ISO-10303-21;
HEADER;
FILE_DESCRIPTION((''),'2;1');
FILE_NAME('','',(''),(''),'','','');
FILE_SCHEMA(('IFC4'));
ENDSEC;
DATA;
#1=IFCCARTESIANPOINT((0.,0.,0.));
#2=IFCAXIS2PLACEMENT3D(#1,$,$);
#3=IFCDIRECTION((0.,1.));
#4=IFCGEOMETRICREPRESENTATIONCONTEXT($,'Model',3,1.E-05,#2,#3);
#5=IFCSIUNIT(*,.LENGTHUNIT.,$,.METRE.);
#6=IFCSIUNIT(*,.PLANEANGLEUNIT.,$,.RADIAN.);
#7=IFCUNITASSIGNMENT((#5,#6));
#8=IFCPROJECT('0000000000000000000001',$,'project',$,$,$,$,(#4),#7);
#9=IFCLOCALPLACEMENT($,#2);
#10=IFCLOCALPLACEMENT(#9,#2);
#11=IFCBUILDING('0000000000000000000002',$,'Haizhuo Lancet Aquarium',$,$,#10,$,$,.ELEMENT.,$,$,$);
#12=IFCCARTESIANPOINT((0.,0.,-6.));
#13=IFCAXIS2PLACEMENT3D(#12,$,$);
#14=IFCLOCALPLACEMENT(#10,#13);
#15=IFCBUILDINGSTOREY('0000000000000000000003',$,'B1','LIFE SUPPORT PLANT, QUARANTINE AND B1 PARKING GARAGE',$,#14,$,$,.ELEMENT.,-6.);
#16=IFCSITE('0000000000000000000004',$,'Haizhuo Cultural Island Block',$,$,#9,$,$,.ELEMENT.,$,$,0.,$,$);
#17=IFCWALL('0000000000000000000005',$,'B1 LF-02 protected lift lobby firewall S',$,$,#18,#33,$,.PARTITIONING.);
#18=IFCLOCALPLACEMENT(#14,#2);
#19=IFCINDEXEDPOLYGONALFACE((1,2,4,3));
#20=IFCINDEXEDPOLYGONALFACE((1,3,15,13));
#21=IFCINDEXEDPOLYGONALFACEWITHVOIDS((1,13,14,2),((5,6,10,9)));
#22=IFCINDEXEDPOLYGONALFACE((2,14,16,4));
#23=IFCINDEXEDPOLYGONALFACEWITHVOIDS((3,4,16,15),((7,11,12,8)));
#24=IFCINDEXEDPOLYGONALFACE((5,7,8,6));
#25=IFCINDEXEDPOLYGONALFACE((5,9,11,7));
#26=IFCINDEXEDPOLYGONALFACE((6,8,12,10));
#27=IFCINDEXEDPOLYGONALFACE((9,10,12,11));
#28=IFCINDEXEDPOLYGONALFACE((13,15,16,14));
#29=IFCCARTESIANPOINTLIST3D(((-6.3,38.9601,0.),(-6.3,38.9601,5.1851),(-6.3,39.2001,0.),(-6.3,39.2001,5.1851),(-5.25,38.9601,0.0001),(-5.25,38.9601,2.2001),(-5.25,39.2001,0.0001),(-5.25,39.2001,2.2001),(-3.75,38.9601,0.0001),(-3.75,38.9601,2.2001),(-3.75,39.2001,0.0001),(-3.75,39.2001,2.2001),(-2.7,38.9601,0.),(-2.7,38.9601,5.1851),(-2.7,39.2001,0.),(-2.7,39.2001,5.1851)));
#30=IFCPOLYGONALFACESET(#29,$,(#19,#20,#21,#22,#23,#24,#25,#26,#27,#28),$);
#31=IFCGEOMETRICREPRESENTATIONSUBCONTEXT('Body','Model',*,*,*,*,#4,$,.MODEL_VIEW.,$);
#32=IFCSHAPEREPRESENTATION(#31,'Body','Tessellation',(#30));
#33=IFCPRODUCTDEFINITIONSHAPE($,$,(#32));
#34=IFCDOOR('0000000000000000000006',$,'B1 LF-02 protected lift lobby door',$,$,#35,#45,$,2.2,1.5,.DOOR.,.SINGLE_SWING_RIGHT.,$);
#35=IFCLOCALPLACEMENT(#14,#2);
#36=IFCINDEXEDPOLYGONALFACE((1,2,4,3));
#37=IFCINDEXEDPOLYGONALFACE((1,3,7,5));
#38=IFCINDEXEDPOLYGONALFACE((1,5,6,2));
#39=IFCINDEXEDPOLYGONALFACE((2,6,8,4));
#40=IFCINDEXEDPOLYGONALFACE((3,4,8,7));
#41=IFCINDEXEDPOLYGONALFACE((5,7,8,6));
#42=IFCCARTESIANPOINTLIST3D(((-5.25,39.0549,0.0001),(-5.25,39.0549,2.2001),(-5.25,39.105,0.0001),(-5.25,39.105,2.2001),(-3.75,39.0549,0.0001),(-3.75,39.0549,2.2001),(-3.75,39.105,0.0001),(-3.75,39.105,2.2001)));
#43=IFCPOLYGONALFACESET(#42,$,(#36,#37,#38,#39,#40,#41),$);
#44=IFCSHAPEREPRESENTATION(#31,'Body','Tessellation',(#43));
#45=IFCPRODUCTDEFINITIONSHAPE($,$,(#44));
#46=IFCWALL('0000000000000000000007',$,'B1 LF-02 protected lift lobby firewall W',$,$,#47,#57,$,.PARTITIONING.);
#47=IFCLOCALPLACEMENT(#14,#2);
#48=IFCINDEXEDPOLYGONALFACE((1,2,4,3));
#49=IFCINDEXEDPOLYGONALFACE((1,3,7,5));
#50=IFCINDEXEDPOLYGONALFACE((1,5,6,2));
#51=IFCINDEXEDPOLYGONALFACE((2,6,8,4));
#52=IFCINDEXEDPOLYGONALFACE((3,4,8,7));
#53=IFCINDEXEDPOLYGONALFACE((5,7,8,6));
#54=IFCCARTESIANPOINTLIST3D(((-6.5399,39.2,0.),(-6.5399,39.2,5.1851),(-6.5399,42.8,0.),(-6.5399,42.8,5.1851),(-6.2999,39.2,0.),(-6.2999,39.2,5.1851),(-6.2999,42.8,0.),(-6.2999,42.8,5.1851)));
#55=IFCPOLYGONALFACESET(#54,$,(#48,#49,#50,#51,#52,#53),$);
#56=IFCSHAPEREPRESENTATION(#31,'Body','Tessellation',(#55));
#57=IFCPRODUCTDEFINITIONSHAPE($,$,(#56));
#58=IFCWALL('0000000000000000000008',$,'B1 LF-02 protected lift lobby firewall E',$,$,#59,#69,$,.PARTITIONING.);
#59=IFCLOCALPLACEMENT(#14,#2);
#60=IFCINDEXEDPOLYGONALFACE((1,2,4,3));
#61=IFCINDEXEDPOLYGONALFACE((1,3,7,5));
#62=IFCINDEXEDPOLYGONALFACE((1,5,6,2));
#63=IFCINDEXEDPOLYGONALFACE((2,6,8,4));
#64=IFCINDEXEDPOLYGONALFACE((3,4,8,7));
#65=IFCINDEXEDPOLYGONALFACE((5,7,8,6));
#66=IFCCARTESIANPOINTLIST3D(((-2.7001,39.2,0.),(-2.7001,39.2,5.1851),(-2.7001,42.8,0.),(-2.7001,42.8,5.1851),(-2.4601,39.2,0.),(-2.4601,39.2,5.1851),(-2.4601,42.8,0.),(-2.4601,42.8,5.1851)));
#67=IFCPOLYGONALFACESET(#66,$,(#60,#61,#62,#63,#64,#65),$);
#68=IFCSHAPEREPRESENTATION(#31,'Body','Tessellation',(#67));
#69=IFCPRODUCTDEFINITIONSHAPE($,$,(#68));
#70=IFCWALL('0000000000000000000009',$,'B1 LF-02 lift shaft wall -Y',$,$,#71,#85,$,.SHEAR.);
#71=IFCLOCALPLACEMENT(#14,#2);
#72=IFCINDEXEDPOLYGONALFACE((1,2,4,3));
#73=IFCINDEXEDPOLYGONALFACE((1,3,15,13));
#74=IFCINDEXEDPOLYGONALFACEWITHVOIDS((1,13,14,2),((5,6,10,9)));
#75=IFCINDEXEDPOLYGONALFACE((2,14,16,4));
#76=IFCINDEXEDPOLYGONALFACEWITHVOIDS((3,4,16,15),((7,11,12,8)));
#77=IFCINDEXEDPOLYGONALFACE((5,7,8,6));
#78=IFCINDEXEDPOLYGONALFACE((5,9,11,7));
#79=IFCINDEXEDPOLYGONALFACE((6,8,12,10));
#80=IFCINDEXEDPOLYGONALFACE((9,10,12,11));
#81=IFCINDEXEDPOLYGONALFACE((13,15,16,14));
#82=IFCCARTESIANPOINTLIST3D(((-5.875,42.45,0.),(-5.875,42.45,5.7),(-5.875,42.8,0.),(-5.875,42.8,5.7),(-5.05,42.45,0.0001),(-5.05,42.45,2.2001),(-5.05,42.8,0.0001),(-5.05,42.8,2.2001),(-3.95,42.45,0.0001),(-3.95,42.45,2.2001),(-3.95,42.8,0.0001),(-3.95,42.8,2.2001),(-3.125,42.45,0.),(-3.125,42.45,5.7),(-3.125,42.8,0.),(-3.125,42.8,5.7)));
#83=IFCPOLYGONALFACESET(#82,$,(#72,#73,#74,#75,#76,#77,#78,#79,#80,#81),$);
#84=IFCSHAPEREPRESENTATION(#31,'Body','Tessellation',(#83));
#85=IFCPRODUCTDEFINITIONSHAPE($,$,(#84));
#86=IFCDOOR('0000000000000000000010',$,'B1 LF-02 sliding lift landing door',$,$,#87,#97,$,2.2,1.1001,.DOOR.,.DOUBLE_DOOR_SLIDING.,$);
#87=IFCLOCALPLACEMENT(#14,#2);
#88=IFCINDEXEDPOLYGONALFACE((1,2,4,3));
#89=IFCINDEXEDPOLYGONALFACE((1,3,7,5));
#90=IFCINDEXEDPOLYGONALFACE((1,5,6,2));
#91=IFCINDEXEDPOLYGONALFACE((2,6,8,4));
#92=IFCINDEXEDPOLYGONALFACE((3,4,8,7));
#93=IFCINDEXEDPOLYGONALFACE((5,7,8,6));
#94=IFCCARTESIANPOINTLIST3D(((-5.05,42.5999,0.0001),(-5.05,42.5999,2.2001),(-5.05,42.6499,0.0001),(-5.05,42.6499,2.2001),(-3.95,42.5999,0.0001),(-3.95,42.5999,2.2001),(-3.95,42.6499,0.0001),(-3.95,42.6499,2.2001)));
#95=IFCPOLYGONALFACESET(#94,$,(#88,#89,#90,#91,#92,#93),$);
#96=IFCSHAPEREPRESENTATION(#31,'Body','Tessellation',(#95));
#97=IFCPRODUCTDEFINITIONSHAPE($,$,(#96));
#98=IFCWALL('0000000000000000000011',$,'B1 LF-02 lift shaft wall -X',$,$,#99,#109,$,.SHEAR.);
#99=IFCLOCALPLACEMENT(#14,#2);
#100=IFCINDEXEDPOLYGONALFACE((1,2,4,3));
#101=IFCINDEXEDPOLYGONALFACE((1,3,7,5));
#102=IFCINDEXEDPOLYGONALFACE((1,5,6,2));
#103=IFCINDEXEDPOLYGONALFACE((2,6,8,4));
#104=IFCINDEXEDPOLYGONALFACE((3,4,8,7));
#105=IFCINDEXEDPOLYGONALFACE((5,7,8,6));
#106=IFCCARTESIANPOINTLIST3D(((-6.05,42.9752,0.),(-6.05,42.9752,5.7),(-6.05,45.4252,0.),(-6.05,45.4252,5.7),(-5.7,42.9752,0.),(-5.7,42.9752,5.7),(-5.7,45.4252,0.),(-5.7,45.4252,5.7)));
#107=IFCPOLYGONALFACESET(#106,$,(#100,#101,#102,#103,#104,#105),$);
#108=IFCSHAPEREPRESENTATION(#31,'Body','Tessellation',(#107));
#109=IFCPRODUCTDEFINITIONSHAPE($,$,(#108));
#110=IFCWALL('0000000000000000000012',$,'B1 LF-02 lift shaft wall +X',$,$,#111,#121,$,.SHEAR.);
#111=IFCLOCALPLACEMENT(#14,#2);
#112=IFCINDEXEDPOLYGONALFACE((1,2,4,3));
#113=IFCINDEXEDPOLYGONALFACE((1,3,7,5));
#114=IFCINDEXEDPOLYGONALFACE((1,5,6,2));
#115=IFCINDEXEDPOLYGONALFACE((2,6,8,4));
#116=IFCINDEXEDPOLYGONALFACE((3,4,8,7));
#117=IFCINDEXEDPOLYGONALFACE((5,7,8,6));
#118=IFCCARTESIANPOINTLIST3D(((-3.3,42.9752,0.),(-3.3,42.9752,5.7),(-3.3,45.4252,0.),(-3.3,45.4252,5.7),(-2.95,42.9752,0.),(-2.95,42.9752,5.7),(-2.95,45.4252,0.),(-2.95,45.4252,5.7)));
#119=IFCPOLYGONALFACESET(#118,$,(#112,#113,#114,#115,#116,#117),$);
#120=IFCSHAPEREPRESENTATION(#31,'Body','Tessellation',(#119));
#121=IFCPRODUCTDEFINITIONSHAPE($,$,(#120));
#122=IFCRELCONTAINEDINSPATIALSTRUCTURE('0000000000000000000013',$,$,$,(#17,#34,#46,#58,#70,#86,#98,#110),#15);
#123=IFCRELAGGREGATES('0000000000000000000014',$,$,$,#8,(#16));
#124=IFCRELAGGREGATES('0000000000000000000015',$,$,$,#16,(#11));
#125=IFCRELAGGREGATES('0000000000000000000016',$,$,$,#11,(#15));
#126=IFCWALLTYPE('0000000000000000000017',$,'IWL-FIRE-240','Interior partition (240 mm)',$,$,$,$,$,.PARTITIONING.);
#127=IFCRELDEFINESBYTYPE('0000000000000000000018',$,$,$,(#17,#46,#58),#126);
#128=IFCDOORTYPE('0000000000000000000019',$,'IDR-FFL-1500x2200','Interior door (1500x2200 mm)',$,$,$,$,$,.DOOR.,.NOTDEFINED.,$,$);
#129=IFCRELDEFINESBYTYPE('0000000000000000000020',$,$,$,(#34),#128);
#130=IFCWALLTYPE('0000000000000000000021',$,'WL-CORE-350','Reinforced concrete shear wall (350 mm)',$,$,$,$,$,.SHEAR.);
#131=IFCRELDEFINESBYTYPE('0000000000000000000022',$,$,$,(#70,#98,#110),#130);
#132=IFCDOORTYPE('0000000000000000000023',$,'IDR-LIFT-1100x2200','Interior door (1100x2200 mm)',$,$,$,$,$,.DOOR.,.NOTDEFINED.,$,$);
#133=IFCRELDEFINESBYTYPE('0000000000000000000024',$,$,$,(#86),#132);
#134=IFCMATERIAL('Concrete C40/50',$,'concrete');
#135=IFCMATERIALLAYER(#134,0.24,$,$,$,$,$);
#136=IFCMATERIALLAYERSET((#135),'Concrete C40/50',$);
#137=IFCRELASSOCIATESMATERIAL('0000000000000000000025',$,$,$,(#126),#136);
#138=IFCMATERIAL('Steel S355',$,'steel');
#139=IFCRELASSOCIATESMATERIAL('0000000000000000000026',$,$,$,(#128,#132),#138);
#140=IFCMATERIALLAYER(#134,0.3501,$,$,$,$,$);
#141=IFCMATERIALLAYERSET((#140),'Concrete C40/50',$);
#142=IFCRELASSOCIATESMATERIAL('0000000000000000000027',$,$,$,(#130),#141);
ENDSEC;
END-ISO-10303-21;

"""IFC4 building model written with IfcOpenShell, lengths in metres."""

from ifc_helpers import new_model, si_unit, direction, frame, frame_2d, origin, place, context, subcontext, project, spatial, rectangle, extrude, material, layer, layer_set, type_object, element, fill, save


model = new_model("IFC4")

# Units and contexts
model_context = context("Model", 3, precision=1e-05, world=origin(), true_north=direction((0.0, 1.0)))
body_context = subcontext(model_context, "Body", "Model", "MODEL_VIEW")
ifc_project = project(units=[si_unit("LENGTHUNIT", "METRE"), si_unit("PLANEANGLEUNIT", "RADIAN")], contexts=[model_context])

# Site, building, storey
site_placement = place(None, origin())
site = spatial("IfcSite", under=ifc_project, at=site_placement, Name="Haizhuo Cultural Island Block", CompositionType="ELEMENT", RefElevation=0.0)
building_placement = place(site_placement, origin())
building = spatial("IfcBuilding", under=site, at=building_placement, Name="Haizhuo Lancet Aquarium", CompositionType="ELEMENT")
storey_placement = place(building_placement, frame((0.0, 0.0, -6.0)))
storey = spatial("IfcBuildingStorey", under=building, at=storey_placement, Name="B1", Description="LIFE SUPPORT PLANT, QUARANTINE AND B1 PARKING GARAGE", CompositionType="ELEMENT", Elevation=-6.0)

# Shared definitions
ifc_material_1 = material(Name="Concrete C40/50", Category="concrete")

# Shared definitions
ifc_material_2 = material(Name="Steel S355", Category="steel")

# Wall, opening, door
ifc_layer_1 = layer(ifc_material_1, 0.24)
ifc_layer_set_1 = layer_set([ifc_layer_1], Name="Concrete C40/50")
wall_type_1 = type_object("IfcWallType", Name="IWL-FIRE-240", Description="Interior partition (240 mm)", PredefinedType="PARTITIONING", material=ifc_layer_set_1)
wall_1_placement = place(storey_placement, frame((-6.3, 39.0801, 0.0), z_axis=(0.0, 0.0, 1.0), x_axis=(1.0, 0.0, 0.0)))
wall_1 = element("IfcWall", 1, at=wall_1_placement, inside=storey, type_object=wall_type_1, Name="B1 LF-02 protected lift lobby firewall S", PredefinedType="PARTITIONING", context=body_context, shape_type="SweptSolid", body=[
    extrude(rectangle(XDim=3.6001, YDim=0.24, at=frame_2d((1.8, 0.0))), origin(), (0.0, 0.0, 1.0), 5.1851),
])
opening_1_placement = place(wall_1_placement, frame((1.05, 0.0, 0.0)))
opening_1 = element("IfcOpeningElement", 2, at=opening_1_placement, cuts=wall_1, PredefinedType="OPENING", context=body_context, shape_type="SweptSolid", body=[
    extrude(rectangle(XDim=1.5, YDim=2.2, at=frame_2d((0.75, 1.1001))), frame((0.0, 0.1299, 0.0), z_axis=(0.0, -1.0, 0.0), x_axis=(1.0, 0.0, 0.0)), (0.0, 0.0, 1.0), 0.26),
])
door_type_1 = type_object("IfcDoorType", Name="IDR-FFL-1500x2200", Description="Interior door (1500x2200 mm)", OperationType="NOTDEFINED", PredefinedType="DOOR", material=ifc_material_2)
door_1_placement = place(opening_1_placement, origin())
door_1 = element("IfcDoor", 3, at=door_1_placement, inside=storey, type_object=door_type_1, Name="B1 LF-02 protected lift lobby door", OperationType="SINGLE_SWING_RIGHT", OverallHeight=2.2, OverallWidth=1.5, PredefinedType="DOOR", context=body_context, shape_type="SweptSolid", body=[
    extrude(rectangle(XDim=1.5, YDim=2.2, at=frame_2d((0.75, 1.1001))), frame((0.0, 0.0249, 0.0), z_axis=(0.0, -1.0, 0.0), x_axis=(1.0, 0.0, 0.0)), (0.0, 0.0, 1.0), 0.05),
])
fill(opening_1, door_1)

# Walls
for number, where, z_axis, x_axis, name in (
    (4, (-6.4199, 39.2, 0.0), (0.0, 0.0, 1.0), (0.0, 1.0, 0.0), "B1 LF-02 protected lift lobby firewall W"),
    (5, (-2.5801, 39.2, 0.0), (0.0, 0.0, 1.0), (0.0, 1.0, 0.0), "B1 LF-02 protected lift lobby firewall E"),
):
    element("IfcWall", number, at=place(storey_placement, frame(where, z_axis=z_axis, x_axis=x_axis)), inside=storey, type_object=wall_type_1, Name=name, PredefinedType="PARTITIONING", context=body_context, shape_type="SweptSolid", body=[
        extrude(rectangle(XDim=3.6001, YDim=0.24, at=frame_2d((1.8, 0.0))), origin(), (0.0, 0.0, 1.0), 5.1851),
    ])

# Wall, opening, door
ifc_layer_2 = layer(ifc_material_1, 0.3501)
ifc_layer_set_2 = layer_set([ifc_layer_2], Name="Concrete C40/50")
wall_type_2 = type_object("IfcWallType", Name="WL-CORE-350", Description="Reinforced concrete shear wall (350 mm)", PredefinedType="SHEAR", material=ifc_layer_set_2)
wall_2_placement = place(storey_placement, frame((-5.875, 42.625, 0.0), z_axis=(0.0, 0.0, 1.0), x_axis=(1.0, 0.0, 0.0)))
wall_2 = element("IfcWall", 6, at=wall_2_placement, inside=storey, type_object=wall_type_2, Name="B1 LF-02 lift shaft wall -Y", PredefinedType="SHEAR", context=body_context, shape_type="SweptSolid", body=[
    extrude(rectangle(XDim=2.75, YDim=0.3501, at=frame_2d((1.375, 0.0))), origin(), (0.0, 0.0, 1.0), 5.7),
])
opening_2_placement = place(wall_2_placement, frame((0.825, 0.0, 0.0)))
opening_2 = element("IfcOpeningElement", 7, at=opening_2_placement, cuts=wall_2, PredefinedType="OPENING", context=body_context, shape_type="SweptSolid", body=[
    extrude(rectangle(XDim=1.1001, YDim=2.2, at=frame_2d((0.55, 1.1001))), frame((0.0, 0.1851, 0.0), z_axis=(0.0, -1.0, 0.0), x_axis=(1.0, 0.0, 0.0)), (0.0, 0.0, 1.0), 0.3701),
])
door_type_2 = type_object("IfcDoorType", Name="IDR-LIFT-1100x2200", Description="Interior door (1100x2200 mm)", OperationType="NOTDEFINED", PredefinedType="DOOR", material=ifc_material_2)
door_2_placement = place(opening_2_placement, origin())
door_2 = element("IfcDoor", 8, at=door_2_placement, inside=storey, type_object=door_type_2, Name="B1 LF-02 sliding lift landing door", OperationType="DOUBLE_DOOR_SLIDING", OverallHeight=2.2, OverallWidth=1.1001, PredefinedType="DOOR", context=body_context, shape_type="SweptSolid", body=[
    extrude(rectangle(XDim=1.1001, YDim=2.2, at=frame_2d((0.55, 1.1001))), frame((0.0, 0.0249, 0.0), z_axis=(0.0, -1.0, 0.0), x_axis=(1.0, 0.0, 0.0)), (0.0, 0.0, 1.0), 0.05),
])
fill(opening_2, door_2)

# Walls
for number, where, z_axis, x_axis, name in (
    (9, (-5.875, 42.9751, 0.0), (0.0, 0.0, 1.0), (0.0, 1.0, 0.0), "B1 LF-02 lift shaft wall -X"),
    (10, (-3.125, 42.9751, 0.0), (0.0, 0.0, 1.0), (0.0, 1.0, 0.0), "B1 LF-02 lift shaft wall +X"),
):
    element("IfcWall", number, at=place(storey_placement, frame(where, z_axis=z_axis, x_axis=x_axis)), inside=storey, type_object=wall_type_2, Name=name, PredefinedType="SHEAR", context=body_context, shape_type="SweptSolid", body=[
        extrude(rectangle(XDim=2.45, YDim=0.3501, at=frame_2d((1.2251, 0.0))), origin(), (0.0, 0.0, 1.0), 5.7),
    ])

save(model, "model.ifc")
